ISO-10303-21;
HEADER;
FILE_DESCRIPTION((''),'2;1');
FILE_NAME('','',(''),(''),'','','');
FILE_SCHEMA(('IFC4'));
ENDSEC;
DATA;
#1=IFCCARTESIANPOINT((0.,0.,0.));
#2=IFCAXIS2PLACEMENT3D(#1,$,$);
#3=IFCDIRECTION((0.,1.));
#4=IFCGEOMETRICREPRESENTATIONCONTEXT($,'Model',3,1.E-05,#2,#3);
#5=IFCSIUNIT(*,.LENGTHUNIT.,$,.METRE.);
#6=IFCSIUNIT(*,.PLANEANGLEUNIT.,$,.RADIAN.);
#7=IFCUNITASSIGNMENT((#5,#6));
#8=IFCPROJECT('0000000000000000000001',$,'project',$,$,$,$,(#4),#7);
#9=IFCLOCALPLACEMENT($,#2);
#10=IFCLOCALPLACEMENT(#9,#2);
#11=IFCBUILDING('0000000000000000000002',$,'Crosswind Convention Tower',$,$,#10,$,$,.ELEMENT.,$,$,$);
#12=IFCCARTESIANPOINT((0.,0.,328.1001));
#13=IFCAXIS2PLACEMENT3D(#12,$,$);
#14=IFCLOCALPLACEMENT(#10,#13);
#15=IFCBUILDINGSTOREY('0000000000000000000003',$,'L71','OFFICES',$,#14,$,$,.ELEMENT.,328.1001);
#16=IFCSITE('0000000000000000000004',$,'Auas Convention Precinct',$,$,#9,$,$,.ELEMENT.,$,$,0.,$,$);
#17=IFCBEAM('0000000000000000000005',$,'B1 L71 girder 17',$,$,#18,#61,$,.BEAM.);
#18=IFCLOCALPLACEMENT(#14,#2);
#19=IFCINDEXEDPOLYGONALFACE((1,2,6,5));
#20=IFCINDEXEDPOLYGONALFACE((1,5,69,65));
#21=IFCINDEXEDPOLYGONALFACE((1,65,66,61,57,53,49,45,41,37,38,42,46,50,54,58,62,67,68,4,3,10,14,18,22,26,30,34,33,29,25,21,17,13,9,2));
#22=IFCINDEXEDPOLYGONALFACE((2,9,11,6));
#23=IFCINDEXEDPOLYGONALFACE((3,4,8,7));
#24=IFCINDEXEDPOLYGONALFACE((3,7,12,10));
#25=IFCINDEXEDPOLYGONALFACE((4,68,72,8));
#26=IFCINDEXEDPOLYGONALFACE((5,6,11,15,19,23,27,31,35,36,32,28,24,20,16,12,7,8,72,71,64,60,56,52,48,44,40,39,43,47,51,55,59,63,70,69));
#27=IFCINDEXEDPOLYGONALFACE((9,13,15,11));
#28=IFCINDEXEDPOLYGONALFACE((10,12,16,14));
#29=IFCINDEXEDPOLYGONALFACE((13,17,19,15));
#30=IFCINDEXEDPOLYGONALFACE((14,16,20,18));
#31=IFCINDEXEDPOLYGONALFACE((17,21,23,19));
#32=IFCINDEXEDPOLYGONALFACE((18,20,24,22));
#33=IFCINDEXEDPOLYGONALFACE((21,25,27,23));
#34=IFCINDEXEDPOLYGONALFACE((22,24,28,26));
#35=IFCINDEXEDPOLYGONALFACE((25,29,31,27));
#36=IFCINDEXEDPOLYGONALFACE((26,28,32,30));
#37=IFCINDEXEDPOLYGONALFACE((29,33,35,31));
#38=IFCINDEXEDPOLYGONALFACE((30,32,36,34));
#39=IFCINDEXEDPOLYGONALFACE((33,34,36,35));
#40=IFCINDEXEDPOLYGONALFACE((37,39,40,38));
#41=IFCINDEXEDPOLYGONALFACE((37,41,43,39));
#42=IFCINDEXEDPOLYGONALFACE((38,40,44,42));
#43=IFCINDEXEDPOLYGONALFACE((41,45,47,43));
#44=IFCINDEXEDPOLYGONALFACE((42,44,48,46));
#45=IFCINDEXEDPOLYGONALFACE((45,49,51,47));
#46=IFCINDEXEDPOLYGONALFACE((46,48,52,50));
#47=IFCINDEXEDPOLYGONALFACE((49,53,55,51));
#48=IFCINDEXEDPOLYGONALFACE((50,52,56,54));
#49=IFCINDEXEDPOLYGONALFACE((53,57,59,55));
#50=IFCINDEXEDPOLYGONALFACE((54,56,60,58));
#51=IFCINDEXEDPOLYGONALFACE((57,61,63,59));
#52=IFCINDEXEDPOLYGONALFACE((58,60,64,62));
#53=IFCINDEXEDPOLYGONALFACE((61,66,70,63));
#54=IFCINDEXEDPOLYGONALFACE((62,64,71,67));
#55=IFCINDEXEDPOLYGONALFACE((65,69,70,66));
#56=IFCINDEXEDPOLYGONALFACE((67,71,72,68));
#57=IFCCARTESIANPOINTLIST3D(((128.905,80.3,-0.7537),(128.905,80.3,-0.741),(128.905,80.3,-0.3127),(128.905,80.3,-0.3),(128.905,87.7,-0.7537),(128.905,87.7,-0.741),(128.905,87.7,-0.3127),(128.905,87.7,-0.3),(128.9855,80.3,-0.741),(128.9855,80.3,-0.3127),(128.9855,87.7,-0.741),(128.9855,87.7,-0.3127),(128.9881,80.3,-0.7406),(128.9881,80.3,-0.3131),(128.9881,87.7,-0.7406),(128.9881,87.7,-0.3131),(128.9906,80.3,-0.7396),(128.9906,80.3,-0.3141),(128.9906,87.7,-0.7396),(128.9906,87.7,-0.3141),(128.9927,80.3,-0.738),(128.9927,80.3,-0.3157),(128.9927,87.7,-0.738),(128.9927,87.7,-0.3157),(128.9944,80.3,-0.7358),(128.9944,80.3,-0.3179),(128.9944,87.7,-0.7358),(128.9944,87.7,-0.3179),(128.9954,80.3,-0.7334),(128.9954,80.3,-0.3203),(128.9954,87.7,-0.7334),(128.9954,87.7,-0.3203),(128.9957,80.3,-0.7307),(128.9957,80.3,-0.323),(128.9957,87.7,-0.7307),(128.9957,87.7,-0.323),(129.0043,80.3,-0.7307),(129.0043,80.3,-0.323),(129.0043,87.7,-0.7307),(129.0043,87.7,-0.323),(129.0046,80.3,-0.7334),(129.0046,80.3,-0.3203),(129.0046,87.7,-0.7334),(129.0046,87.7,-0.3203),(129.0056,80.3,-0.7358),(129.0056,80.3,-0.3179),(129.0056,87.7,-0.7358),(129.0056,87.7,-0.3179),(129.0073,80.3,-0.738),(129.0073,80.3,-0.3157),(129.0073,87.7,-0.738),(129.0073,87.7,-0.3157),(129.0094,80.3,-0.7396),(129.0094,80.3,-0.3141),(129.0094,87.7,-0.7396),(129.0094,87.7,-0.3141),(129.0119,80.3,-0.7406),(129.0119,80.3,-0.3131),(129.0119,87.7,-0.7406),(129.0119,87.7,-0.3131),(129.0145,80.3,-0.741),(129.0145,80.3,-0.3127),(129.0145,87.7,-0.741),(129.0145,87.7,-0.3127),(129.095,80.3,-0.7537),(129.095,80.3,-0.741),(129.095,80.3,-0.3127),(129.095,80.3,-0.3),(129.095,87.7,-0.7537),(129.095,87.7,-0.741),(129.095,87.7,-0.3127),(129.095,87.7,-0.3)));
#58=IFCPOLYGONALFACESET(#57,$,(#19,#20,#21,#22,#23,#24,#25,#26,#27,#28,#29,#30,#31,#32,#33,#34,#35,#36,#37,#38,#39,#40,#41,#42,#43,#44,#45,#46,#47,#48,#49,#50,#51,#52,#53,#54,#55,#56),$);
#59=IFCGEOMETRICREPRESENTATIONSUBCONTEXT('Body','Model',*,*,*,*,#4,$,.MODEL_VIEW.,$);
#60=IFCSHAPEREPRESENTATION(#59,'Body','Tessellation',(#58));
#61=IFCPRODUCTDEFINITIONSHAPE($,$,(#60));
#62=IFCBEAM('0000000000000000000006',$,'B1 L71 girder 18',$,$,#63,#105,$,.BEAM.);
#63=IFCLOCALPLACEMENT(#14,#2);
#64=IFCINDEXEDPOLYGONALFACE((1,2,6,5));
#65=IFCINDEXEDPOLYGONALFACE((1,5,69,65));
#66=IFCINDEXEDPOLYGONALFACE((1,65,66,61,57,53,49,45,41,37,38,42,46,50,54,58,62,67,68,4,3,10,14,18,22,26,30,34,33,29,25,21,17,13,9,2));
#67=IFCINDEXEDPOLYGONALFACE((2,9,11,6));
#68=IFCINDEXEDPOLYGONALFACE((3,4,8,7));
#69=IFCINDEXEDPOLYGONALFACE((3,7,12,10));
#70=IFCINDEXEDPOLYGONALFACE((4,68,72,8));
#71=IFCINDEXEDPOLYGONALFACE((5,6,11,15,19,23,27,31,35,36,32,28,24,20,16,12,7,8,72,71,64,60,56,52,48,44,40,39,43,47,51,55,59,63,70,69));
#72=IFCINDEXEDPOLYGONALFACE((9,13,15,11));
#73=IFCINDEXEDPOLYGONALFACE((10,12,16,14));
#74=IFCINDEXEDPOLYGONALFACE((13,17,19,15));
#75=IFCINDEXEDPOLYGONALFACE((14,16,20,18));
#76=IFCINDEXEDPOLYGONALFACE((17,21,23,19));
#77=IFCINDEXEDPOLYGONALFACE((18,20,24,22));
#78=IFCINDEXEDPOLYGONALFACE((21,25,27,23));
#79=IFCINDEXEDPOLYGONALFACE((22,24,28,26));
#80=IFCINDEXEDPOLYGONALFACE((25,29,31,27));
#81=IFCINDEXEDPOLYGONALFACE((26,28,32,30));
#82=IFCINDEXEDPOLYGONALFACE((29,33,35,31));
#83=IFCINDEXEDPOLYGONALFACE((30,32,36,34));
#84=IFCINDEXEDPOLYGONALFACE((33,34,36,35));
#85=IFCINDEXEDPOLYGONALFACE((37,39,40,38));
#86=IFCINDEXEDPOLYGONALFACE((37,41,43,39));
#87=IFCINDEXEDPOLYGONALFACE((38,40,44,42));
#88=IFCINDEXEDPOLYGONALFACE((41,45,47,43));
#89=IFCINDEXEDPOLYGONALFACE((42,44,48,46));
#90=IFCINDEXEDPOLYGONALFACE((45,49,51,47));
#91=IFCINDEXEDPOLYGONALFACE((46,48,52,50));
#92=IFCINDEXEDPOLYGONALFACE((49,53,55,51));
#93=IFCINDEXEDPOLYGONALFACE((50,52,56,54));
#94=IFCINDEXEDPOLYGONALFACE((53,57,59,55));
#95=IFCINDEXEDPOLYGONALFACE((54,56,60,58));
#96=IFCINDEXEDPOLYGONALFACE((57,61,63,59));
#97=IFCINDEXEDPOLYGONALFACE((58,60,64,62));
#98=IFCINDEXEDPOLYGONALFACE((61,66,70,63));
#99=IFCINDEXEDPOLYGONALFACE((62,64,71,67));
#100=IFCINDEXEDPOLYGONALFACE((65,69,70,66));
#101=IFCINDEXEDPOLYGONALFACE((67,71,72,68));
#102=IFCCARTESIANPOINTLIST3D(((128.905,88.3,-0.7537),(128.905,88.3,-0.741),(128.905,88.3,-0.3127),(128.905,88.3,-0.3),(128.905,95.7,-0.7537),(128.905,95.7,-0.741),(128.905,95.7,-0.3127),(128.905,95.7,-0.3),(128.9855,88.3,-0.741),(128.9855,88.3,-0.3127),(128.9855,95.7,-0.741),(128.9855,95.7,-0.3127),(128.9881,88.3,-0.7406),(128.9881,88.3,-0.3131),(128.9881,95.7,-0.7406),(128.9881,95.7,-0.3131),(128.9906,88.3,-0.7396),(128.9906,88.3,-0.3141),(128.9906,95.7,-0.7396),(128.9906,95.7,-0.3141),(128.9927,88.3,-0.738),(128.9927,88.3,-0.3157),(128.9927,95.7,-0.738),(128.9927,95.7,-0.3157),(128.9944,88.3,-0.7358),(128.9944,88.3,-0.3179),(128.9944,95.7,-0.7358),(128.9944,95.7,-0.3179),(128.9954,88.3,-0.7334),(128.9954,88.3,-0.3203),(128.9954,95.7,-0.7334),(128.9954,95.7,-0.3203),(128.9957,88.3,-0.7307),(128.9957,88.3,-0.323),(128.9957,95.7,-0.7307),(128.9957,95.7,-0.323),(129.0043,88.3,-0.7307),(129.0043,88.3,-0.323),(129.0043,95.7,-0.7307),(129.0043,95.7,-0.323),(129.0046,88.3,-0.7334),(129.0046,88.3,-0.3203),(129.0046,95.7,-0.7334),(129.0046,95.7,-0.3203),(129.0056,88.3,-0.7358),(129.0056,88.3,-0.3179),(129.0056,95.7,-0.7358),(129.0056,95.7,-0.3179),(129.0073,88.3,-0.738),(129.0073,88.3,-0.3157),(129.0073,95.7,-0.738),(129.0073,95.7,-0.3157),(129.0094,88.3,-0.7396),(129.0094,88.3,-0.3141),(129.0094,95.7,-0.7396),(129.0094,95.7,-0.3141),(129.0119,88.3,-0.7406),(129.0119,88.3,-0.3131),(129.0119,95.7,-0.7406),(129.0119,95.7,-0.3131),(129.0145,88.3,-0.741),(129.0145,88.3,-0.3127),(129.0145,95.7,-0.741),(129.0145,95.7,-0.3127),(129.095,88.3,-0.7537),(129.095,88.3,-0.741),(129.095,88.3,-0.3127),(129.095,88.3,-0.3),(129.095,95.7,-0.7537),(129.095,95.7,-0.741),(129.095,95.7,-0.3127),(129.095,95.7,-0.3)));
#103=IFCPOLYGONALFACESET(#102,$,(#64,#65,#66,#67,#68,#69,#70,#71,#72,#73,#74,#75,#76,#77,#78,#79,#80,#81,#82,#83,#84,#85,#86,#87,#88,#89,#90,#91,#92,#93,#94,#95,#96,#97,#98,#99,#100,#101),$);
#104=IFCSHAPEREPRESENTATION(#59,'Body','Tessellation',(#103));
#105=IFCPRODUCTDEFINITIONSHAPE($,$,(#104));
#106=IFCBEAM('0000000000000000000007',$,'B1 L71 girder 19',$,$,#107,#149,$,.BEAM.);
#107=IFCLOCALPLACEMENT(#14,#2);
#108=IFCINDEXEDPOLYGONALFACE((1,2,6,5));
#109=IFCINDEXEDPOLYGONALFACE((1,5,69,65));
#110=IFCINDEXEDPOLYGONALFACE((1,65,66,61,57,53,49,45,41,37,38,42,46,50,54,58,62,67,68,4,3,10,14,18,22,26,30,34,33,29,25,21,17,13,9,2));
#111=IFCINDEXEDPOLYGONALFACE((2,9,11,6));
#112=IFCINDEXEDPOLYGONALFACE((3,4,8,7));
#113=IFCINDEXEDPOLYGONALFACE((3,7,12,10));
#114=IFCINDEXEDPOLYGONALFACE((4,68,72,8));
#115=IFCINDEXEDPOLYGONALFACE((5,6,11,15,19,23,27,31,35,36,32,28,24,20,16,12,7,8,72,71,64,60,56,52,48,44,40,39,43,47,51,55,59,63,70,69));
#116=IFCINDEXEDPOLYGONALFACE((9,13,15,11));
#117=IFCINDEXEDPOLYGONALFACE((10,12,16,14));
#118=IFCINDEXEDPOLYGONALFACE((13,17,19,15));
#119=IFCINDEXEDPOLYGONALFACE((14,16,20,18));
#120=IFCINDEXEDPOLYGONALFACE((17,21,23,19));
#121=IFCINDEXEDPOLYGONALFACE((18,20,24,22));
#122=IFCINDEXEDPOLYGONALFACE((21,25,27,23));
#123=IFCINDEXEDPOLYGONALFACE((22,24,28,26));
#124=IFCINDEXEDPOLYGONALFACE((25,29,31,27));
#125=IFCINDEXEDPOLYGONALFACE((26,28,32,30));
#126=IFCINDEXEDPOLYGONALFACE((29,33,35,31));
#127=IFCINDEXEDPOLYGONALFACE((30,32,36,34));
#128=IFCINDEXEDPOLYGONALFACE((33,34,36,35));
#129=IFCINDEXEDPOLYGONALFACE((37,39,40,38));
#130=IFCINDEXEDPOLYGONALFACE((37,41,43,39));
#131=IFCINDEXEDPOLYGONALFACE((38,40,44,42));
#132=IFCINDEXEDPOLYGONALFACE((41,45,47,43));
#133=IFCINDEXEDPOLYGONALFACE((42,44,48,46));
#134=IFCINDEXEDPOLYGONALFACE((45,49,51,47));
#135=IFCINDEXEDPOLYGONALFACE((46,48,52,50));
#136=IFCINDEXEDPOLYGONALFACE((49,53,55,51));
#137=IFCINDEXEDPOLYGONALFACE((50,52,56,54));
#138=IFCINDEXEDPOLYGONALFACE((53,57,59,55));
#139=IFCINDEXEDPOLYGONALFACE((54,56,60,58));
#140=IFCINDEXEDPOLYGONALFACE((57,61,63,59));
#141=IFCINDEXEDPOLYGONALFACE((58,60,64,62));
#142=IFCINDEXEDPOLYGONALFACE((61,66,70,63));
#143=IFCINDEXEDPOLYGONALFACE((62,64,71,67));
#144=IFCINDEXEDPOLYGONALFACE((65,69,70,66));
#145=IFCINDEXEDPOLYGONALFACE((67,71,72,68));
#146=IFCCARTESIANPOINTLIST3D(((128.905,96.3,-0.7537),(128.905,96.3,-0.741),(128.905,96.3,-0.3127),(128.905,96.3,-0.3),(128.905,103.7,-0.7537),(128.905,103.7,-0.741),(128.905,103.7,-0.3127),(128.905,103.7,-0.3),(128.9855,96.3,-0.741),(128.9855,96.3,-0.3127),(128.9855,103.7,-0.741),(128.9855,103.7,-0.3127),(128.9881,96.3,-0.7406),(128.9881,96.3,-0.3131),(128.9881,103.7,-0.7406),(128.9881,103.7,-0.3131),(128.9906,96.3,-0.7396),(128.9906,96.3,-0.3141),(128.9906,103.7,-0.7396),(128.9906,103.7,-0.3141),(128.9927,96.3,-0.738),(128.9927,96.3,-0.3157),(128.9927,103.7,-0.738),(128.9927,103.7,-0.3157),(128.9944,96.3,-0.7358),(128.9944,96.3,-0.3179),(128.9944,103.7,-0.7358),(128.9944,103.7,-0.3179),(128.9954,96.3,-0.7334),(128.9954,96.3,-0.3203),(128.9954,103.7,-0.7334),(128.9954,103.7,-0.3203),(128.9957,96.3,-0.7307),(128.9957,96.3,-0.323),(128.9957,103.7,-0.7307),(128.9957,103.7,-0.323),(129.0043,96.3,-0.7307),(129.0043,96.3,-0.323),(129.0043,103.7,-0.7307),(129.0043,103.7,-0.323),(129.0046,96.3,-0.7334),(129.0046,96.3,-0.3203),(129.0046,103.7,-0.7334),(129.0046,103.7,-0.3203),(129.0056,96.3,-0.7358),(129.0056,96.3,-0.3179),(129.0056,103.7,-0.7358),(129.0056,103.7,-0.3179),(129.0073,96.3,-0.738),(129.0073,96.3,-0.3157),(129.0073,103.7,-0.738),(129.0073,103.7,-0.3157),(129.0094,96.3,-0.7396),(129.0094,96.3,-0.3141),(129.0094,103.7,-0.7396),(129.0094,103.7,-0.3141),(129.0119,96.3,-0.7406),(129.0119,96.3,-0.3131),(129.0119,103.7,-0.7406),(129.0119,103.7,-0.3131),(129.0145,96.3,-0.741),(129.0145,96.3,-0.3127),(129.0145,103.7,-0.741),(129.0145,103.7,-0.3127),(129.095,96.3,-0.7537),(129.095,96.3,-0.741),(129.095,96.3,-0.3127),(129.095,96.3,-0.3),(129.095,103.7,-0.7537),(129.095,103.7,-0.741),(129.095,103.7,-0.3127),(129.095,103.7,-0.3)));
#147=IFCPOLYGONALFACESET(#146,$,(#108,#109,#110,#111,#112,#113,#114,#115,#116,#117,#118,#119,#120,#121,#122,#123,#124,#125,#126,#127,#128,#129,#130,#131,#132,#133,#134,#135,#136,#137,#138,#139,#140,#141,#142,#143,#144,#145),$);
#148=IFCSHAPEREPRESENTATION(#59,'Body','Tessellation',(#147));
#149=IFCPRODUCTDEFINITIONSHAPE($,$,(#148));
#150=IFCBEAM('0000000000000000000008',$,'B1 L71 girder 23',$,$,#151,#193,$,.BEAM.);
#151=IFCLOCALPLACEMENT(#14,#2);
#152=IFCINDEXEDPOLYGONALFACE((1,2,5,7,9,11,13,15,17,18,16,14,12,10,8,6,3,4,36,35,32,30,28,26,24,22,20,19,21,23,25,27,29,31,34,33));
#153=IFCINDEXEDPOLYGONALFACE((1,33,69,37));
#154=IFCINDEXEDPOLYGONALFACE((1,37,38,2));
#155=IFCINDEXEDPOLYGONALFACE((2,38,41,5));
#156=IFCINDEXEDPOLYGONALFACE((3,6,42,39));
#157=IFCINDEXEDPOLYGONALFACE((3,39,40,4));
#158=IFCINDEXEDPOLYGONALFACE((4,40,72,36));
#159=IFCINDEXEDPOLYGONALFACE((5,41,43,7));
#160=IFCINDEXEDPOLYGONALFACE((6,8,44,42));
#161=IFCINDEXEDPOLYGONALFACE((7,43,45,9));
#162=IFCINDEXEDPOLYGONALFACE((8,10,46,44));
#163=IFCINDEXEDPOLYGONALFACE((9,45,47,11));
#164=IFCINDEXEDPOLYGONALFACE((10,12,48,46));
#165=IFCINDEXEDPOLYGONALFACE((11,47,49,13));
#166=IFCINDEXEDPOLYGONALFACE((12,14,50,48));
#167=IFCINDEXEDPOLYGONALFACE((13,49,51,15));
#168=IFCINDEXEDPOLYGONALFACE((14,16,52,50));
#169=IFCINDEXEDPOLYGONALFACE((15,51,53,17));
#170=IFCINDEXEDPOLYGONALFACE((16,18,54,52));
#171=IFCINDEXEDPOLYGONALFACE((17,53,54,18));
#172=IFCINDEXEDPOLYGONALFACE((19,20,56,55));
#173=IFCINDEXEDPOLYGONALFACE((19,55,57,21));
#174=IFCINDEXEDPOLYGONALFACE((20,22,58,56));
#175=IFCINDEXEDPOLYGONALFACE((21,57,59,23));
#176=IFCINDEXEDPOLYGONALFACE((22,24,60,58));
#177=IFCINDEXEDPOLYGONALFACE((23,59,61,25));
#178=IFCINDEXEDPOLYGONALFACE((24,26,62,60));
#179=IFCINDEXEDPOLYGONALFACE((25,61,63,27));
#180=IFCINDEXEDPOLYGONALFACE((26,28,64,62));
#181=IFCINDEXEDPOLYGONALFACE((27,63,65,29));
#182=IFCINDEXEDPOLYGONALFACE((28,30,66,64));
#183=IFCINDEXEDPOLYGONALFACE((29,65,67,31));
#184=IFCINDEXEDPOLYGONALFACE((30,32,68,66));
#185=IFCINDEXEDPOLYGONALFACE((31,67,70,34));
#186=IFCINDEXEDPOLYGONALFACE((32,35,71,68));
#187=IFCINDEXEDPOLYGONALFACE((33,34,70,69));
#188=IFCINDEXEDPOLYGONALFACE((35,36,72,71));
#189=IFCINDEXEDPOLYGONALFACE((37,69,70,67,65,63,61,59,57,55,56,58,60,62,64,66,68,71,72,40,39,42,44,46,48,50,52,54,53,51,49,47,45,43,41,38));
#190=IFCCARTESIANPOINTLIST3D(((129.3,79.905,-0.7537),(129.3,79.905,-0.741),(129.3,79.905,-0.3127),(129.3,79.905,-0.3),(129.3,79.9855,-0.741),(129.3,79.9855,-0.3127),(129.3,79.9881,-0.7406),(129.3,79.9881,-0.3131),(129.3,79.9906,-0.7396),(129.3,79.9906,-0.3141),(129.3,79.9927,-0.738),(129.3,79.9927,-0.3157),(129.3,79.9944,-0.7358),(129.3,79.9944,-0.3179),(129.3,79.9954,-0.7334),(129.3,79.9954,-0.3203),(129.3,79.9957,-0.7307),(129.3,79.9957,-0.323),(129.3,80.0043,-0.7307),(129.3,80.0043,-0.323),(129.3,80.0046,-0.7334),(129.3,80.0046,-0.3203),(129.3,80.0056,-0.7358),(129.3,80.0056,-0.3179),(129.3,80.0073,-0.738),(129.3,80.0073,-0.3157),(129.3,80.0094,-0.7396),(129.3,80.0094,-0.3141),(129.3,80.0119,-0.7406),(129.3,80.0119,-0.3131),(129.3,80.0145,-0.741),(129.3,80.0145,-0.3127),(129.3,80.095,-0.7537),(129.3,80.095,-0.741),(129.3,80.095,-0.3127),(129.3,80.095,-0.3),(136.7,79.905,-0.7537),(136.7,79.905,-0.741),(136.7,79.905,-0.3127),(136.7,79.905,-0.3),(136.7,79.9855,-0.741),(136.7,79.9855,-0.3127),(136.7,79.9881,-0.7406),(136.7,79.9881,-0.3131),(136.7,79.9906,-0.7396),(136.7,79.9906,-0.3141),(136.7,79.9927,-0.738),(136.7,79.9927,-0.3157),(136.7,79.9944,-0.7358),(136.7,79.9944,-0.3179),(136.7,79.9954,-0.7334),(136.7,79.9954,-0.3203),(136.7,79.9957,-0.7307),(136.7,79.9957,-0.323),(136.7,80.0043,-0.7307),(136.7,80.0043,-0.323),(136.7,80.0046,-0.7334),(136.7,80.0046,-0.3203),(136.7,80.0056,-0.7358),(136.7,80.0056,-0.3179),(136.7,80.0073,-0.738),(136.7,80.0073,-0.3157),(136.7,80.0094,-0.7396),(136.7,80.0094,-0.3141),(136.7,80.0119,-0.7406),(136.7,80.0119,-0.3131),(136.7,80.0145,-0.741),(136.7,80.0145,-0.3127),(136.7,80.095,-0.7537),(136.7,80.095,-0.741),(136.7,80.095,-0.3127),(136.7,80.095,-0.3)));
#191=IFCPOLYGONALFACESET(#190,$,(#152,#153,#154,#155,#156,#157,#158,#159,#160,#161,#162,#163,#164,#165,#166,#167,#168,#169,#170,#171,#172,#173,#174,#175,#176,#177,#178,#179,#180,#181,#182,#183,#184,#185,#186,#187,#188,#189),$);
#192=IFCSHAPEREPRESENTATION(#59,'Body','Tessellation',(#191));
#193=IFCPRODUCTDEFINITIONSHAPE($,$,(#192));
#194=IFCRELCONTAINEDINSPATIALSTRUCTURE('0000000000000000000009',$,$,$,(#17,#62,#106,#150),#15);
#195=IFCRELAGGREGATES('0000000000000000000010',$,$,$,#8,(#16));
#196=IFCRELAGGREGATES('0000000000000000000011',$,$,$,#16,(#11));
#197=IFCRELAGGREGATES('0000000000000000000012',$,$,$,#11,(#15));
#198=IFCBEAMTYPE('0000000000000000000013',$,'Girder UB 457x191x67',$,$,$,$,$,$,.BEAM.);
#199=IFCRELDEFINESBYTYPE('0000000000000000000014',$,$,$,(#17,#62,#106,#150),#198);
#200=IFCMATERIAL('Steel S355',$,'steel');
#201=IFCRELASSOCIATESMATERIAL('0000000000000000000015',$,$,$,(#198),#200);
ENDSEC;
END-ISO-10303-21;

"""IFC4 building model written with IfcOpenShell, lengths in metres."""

from ifc_helpers import new_model, si_unit, direction, frame, origin, origin_2d, place, context, subcontext, project, spatial, i_section, extrude, material, material_profile, profile_set, type_object, element, save


model = new_model("IFC4")

# Units and contexts
model_context = context("Model", 3, precision=1e-05, world=origin(), true_north=direction((0.0, 1.0)))
body_context = subcontext(model_context, "Body", "Model", "MODEL_VIEW")
ifc_project = project(units=[si_unit("LENGTHUNIT", "METRE"), si_unit("PLANEANGLEUNIT", "RADIAN")], contexts=[model_context])

# Site, building, storey
site_placement = place(None, origin())
site = spatial("IfcSite", under=ifc_project, at=site_placement, Name="Auas Convention Precinct", CompositionType="ELEMENT", RefElevation=0.0)
building_placement = place(site_placement, origin())
building = spatial("IfcBuilding", under=site, at=building_placement, Name="Crosswind Convention Tower", CompositionType="ELEMENT")
storey_placement = place(building_placement, frame((0.0, 0.0, 328.1001)))
storey = spatial("IfcBuildingStorey", under=building, at=storey_placement, Name="L71", Description="OFFICES", CompositionType="ELEMENT", Elevation=328.1001)

# Beams
ifc_material_1 = material(Name="Steel S355", Category="steel")
ifc_material_profile_1 = material_profile(ifc_material_1, i_section(OverallWidth=0.1899, OverallDepth=0.4536, WebThickness=0.0085, FlangeThickness=0.0127, FilletRadius=0.0103, at=origin_2d()), Name="UB 457x191x67")
ifc_profile_set_1 = profile_set([ifc_material_profile_1], Name="Steel S355")
beam_type_1 = type_object("IfcBeamType", Name="Girder UB 457x191x67", PredefinedType="BEAM", material=ifc_profile_set_1)
for number, where, z_axis, x_axis, name in (
    (1, (129.0, 80.3, -0.5269), (0.0, 1.0, 0.0), (-1.0, 0.0, 0.0), "B1 L71 girder 17"),
    (2, (129.0, 88.3, -0.5269), (0.0, 1.0, 0.0), (-1.0, 0.0, 0.0), "B1 L71 girder 18"),
    (3, (129.0, 96.3, -0.5269), (0.0, 1.0, 0.0), (-1.0, 0.0, 0.0), "B1 L71 girder 19"),
    (4, (129.3, 80.0, -0.5269), (1.0, 0.0, 0.0), (0.0, 1.0, 0.0), "B1 L71 girder 23"),
):
    element("IfcBeam", number, at=place(storey_placement, frame(where, z_axis=z_axis, x_axis=x_axis)), inside=storey, type_object=beam_type_1, Name=name, PredefinedType="BEAM", context=body_context, shape_type="SweptSolid", body=[
        extrude(i_section(OverallWidth=0.1899, OverallDepth=0.4536, WebThickness=0.0085, FlangeThickness=0.0127, FilletRadius=0.0103, at=origin_2d()), origin(), (0.0, 0.0, 1.0), 7.3999),
    ])

save(model, "model.ifc")
